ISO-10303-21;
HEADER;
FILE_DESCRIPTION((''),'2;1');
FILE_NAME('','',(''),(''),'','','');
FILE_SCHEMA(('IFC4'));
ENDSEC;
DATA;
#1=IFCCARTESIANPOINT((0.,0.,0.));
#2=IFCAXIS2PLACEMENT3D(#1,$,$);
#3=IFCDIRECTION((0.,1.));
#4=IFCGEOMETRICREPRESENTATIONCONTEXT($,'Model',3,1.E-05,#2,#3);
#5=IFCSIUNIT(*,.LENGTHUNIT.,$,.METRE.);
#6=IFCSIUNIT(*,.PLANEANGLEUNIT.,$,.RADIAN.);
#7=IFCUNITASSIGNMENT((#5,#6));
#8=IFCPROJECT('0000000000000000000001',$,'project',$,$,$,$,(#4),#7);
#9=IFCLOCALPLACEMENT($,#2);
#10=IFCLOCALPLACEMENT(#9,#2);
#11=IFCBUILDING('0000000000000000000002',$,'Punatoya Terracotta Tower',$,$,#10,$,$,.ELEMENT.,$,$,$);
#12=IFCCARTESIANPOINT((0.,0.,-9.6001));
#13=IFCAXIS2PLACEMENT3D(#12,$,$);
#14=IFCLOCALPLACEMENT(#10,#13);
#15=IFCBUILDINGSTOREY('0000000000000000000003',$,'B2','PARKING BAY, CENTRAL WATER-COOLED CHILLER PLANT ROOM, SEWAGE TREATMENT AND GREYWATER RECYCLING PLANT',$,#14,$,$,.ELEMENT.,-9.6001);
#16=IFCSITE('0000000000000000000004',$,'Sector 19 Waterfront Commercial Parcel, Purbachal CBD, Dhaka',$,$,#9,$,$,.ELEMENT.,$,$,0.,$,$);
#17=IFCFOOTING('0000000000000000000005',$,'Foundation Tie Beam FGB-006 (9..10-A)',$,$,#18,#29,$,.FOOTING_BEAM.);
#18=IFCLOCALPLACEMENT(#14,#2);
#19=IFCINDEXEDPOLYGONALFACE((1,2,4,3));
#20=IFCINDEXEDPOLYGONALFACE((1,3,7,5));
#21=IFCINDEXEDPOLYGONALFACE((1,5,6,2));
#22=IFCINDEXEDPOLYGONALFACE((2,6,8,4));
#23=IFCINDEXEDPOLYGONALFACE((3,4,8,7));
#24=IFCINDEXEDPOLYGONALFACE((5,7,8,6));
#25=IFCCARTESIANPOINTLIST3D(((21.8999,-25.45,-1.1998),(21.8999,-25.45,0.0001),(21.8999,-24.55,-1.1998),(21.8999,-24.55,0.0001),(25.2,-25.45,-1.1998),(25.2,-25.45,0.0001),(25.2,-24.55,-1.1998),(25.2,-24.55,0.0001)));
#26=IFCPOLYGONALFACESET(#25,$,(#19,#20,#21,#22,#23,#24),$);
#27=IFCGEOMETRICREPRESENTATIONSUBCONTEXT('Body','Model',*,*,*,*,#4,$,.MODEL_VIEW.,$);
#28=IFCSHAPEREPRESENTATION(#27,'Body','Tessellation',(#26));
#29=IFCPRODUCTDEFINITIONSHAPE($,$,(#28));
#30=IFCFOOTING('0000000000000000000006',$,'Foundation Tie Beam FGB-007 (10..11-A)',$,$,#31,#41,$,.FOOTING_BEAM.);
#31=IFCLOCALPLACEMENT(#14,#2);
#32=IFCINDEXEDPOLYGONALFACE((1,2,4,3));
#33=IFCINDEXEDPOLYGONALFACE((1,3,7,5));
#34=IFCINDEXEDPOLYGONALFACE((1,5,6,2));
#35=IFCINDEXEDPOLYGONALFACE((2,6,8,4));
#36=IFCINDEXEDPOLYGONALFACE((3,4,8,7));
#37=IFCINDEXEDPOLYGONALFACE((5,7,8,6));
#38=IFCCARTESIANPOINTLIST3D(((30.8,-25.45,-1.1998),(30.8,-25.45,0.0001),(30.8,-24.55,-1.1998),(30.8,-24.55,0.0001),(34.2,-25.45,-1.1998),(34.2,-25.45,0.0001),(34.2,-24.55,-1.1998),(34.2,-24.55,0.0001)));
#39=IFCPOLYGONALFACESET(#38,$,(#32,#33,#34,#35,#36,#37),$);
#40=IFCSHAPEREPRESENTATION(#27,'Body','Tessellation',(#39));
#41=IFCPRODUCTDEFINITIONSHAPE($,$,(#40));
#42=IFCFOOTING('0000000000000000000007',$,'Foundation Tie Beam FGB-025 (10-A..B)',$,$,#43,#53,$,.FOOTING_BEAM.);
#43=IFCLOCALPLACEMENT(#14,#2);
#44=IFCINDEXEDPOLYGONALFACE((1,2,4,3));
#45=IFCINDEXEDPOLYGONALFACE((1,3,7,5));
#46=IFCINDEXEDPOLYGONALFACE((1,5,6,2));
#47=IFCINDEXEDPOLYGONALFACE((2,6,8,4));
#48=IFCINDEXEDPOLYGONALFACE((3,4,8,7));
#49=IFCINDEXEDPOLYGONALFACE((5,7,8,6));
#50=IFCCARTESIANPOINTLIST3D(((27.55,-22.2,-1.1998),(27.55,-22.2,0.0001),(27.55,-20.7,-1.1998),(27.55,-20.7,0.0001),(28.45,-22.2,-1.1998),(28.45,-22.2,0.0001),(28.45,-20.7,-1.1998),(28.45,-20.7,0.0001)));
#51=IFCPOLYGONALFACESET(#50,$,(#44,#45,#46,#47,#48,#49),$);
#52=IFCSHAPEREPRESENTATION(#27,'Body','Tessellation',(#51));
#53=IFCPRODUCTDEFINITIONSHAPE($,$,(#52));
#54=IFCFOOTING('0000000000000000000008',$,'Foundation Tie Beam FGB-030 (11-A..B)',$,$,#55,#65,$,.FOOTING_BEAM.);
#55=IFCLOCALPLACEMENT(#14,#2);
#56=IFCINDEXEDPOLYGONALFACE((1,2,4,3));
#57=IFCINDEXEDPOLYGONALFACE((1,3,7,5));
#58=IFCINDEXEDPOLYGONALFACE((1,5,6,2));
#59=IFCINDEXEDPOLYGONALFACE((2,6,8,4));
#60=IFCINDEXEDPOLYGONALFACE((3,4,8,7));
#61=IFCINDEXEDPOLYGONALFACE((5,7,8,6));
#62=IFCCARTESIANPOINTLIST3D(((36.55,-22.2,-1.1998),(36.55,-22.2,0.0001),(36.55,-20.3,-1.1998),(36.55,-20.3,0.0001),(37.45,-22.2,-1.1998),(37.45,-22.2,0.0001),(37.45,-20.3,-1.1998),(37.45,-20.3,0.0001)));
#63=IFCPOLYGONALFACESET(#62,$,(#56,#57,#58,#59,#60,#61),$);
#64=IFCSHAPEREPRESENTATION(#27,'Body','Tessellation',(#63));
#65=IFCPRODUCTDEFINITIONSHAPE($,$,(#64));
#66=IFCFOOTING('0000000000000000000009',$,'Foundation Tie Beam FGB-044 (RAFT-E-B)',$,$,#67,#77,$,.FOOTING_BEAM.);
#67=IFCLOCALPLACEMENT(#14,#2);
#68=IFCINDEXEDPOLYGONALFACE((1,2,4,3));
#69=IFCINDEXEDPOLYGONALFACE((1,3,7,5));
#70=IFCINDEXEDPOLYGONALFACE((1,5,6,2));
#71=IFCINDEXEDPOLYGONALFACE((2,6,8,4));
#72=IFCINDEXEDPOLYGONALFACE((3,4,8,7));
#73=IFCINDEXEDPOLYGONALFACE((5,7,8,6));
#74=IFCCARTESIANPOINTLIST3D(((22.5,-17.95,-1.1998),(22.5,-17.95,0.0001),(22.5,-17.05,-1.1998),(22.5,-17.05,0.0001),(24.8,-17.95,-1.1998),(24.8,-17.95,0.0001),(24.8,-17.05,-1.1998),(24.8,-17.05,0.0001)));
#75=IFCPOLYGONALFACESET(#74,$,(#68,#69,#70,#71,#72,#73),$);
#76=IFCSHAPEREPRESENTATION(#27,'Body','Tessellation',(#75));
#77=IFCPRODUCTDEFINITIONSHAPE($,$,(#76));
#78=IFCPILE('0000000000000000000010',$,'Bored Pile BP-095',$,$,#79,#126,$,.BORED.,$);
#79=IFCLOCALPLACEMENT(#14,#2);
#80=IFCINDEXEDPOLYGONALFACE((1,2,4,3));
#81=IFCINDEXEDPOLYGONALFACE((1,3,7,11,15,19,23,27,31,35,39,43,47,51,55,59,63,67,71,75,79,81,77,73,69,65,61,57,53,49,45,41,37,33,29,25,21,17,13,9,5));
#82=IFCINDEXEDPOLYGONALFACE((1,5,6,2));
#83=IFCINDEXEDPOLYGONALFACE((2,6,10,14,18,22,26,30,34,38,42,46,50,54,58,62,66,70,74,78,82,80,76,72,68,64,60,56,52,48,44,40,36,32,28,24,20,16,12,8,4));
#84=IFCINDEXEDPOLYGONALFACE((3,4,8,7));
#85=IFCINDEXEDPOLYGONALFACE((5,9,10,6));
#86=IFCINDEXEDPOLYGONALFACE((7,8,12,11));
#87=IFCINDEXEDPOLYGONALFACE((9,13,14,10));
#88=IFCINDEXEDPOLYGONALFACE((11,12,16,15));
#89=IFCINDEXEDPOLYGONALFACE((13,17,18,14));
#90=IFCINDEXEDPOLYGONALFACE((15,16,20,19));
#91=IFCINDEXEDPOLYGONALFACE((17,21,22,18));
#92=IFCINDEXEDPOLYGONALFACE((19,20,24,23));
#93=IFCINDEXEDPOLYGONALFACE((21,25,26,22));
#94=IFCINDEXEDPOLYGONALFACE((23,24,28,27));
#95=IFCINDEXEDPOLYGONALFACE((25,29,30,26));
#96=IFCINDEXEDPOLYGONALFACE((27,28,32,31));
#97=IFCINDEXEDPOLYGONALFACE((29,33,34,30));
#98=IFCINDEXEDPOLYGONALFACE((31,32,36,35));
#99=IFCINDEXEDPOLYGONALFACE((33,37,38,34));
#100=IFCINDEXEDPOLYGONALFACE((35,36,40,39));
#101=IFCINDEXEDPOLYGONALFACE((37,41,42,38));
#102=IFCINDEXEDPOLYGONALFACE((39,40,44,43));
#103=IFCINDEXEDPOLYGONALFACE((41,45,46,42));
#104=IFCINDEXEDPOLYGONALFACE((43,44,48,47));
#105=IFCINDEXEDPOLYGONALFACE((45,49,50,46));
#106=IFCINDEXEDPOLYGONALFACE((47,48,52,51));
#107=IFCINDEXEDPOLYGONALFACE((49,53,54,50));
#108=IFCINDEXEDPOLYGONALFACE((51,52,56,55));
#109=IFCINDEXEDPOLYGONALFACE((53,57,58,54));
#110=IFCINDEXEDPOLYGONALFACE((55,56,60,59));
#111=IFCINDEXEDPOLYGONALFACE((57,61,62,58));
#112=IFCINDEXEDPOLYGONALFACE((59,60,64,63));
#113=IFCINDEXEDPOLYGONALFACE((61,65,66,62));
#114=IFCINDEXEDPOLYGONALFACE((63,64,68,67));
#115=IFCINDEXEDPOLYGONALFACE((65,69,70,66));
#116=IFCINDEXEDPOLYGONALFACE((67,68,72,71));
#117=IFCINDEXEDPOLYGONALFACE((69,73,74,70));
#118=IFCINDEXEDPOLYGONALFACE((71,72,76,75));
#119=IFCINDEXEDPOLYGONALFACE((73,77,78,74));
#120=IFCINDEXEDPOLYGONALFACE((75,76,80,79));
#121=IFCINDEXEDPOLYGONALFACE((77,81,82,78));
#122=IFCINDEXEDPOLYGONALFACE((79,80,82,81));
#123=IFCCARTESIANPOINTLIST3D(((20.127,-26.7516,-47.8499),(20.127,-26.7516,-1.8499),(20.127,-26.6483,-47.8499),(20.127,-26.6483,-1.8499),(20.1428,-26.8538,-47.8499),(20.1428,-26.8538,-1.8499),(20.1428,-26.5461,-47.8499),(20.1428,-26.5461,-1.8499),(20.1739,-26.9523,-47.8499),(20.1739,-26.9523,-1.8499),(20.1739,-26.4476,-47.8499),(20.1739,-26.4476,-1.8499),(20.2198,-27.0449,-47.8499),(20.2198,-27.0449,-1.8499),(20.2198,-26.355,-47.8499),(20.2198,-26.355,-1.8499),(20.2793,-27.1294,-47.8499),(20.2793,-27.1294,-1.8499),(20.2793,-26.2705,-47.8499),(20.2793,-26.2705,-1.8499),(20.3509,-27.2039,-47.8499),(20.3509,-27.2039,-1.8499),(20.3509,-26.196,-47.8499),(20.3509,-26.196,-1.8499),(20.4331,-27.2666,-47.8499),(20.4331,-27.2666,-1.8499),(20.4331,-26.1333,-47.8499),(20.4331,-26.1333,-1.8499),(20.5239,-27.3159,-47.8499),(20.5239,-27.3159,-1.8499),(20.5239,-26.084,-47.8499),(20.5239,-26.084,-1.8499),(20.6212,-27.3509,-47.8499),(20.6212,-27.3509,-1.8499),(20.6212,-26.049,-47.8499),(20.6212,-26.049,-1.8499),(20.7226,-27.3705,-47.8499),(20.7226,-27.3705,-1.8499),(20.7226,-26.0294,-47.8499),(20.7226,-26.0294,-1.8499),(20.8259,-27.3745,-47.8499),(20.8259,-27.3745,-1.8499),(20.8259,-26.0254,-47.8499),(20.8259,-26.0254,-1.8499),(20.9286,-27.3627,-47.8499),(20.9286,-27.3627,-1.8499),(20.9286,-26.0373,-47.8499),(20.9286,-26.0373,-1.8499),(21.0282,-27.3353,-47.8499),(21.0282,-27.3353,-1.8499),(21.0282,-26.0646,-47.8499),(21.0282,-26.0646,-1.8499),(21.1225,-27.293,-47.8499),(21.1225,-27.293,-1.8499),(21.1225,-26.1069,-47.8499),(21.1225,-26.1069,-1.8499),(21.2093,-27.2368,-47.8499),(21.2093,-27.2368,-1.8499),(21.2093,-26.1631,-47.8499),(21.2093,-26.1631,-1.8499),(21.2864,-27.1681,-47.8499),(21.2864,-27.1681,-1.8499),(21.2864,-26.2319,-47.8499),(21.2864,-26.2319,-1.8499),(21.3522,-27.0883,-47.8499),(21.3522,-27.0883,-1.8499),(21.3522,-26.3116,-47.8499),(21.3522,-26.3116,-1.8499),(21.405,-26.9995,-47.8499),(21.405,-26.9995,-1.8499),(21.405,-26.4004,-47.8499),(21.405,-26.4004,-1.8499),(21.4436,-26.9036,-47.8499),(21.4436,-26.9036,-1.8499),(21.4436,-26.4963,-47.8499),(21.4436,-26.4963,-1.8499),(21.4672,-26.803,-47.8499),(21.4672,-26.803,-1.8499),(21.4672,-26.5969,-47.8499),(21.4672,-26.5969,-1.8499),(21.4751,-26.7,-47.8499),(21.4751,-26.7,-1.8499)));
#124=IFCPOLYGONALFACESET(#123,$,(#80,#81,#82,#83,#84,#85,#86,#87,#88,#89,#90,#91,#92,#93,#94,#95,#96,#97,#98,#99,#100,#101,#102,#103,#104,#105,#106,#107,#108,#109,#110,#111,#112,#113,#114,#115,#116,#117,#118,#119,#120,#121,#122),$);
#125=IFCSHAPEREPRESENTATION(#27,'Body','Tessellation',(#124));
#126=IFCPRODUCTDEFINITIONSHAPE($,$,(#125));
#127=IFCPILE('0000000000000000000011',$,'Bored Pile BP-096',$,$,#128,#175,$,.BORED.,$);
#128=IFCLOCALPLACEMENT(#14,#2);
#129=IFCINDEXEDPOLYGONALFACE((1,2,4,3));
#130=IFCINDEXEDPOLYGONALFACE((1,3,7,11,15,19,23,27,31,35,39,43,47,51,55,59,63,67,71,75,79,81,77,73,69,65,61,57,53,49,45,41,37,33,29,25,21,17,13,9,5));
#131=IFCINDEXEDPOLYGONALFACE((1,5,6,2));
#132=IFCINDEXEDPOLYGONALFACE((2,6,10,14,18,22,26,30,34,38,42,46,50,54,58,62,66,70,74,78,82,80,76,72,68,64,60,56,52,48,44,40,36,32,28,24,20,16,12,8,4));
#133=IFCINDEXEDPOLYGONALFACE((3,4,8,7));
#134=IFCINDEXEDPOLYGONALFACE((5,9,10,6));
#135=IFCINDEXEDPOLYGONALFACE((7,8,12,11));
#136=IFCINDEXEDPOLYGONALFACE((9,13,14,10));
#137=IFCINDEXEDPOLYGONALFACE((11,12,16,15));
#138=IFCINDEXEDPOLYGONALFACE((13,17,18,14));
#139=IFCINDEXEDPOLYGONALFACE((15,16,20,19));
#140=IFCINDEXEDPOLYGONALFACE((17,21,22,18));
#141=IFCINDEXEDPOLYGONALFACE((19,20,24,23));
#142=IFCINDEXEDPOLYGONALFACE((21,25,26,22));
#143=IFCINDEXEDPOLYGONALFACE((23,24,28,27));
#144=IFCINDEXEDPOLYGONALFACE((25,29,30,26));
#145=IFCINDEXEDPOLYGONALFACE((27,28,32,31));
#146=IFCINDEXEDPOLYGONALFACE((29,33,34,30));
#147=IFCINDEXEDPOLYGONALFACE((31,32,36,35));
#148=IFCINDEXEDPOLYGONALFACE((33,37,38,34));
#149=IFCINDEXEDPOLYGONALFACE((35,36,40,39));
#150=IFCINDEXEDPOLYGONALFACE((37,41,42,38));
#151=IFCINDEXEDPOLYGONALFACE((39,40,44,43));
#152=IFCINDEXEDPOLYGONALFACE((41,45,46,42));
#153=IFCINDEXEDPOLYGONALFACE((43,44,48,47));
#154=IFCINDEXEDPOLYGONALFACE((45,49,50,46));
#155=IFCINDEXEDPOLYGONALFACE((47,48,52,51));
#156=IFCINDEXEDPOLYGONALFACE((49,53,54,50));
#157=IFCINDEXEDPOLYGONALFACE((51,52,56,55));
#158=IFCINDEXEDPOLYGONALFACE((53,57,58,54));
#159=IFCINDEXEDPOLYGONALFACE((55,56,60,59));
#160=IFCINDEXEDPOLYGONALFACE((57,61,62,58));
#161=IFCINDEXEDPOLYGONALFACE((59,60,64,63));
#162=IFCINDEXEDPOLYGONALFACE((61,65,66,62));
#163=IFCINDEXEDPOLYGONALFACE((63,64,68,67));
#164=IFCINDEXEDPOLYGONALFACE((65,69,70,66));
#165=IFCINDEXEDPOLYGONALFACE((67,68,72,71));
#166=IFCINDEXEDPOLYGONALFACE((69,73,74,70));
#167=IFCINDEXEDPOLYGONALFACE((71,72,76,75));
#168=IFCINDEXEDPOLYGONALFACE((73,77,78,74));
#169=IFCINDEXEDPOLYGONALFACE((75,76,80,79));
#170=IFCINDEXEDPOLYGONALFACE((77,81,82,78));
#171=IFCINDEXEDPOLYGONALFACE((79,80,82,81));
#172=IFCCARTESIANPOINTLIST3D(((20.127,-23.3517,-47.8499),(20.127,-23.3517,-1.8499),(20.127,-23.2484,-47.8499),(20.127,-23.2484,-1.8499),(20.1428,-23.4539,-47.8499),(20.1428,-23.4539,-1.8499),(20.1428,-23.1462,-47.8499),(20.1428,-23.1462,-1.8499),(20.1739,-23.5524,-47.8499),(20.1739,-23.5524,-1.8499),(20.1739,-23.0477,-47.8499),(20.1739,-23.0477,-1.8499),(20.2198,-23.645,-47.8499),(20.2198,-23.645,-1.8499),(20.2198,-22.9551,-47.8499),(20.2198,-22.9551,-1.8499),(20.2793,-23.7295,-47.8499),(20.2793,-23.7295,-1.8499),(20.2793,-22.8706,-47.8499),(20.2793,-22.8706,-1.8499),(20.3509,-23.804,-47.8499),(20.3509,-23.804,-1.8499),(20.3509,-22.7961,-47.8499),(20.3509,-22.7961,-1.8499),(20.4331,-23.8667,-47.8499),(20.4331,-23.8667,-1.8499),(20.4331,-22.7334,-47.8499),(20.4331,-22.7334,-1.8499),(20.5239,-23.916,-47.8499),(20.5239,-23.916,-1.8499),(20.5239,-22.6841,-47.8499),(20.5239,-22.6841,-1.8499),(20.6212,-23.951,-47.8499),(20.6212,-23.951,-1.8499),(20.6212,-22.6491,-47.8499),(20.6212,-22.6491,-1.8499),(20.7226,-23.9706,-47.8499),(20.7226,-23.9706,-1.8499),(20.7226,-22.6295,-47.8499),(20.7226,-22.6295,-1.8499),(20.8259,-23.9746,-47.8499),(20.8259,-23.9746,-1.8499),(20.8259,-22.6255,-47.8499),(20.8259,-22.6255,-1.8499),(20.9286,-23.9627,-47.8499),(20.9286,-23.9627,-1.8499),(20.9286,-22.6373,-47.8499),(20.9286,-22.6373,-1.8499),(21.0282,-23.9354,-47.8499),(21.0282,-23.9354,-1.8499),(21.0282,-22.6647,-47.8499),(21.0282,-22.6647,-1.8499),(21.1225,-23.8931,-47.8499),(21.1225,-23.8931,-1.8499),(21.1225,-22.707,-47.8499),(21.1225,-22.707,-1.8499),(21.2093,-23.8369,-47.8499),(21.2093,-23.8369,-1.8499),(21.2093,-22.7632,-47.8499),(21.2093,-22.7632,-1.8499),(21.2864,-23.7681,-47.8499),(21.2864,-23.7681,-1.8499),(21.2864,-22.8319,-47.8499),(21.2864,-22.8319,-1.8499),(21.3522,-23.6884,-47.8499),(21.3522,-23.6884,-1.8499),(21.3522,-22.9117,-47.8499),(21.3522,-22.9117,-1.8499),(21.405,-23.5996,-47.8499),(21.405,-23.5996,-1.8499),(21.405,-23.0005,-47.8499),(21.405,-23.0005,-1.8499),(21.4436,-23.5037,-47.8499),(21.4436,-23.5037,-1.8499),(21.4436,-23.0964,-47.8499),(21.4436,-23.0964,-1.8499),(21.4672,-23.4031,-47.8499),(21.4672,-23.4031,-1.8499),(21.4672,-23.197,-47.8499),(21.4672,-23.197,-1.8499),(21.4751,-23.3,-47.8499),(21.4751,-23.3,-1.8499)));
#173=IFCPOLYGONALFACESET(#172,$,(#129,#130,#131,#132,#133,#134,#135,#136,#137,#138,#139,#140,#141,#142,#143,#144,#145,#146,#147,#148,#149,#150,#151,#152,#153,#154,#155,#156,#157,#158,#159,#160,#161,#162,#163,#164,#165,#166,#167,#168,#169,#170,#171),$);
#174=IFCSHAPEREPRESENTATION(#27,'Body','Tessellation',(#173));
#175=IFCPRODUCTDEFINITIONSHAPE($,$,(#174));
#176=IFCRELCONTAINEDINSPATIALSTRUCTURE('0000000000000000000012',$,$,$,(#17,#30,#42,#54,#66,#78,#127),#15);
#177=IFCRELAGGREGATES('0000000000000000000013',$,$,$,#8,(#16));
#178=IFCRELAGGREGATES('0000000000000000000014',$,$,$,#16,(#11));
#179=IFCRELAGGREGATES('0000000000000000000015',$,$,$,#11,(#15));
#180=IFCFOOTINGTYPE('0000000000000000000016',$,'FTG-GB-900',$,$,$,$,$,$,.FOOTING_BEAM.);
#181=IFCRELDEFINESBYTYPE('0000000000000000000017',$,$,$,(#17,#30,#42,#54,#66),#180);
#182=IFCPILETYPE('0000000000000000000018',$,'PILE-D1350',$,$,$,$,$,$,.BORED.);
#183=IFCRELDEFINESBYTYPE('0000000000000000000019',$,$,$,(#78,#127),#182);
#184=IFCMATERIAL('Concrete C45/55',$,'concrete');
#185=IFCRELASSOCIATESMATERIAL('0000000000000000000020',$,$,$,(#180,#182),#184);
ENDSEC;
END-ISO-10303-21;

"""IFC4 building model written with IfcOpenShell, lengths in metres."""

from ifc_helpers import new_model, si_unit, direction, frame, origin, origin_2d, place, context, subcontext, project, spatial, rectangle, circle, extrude, material, material_profile, profile_set, type_object, element, save


model = new_model("IFC4")

# Units and contexts
model_context = context("Model", 3, precision=1e-05, world=origin(), true_north=direction((0.0, 1.0)))
body_context = subcontext(model_context, "Body", "Model", "MODEL_VIEW")
ifc_project = project(units=[si_unit("LENGTHUNIT", "METRE"), si_unit("PLANEANGLEUNIT", "RADIAN")], contexts=[model_context])

# Site, building, storey
site_placement = place(None, origin())
site = spatial("IfcSite", under=ifc_project, at=site_placement, Name="Sector 19 Waterfront Commercial Parcel, Purbachal CBD, Dhaka", CompositionType="ELEMENT", RefElevation=0.0)
building_placement = place(site_placement, origin())
building = spatial("IfcBuilding", under=site, at=building_placement, Name="Punatoya Terracotta Tower", CompositionType="ELEMENT")
storey_placement = place(building_placement, frame((0.0, 0.0, -9.6001)))
storey = spatial("IfcBuildingStorey", under=building, at=storey_placement, Name="B2", Description="PARKING BAY, CENTRAL WATER-COOLED CHILLER PLANT ROOM, SEWAGE TREATMENT AND GREYWATER RECYCLING PLANT", CompositionType="ELEMENT", Elevation=-9.6001)

# Footings
ifc_material_1 = material(Name="Concrete C45/55", Category="concrete")
ifc_material_profile_1 = material_profile(ifc_material_1, rectangle(XDim=0.8999, YDim=1.2, at=origin_2d()))
ifc_profile_set_1 = profile_set([ifc_material_profile_1], Name="Concrete C45/55")
footing_type = type_object("IfcFootingType", Name="FTG-GB-900", PredefinedType="FOOTING_BEAM", material=ifc_profile_set_1)
footing_1_placement = place(storey_placement, frame((21.8999, -25.0, -0.5999), z_axis=(1.0, 0.0, 0.0), x_axis=(0.0, 1.0, 0.0)))
element("IfcFooting", 1, at=footing_1_placement, inside=storey, type_object=footing_type, Name="Foundation Tie Beam FGB-006 (9..10-A)", PredefinedType="FOOTING_BEAM", context=body_context, shape_type="SweptSolid", body=[
    extrude(rectangle(XDim=0.8999, YDim=1.2, at=origin_2d()), origin(), (0.0, 0.0, 1.0), 3.3),
])
footing_2_placement = place(storey_placement, frame((30.8, -25.0, -0.5999), z_axis=(1.0, 0.0, 0.0), x_axis=(0.0, 1.0, 0.0)))
element("IfcFooting", 2, at=footing_2_placement, inside=storey, type_object=footing_type, Name="Foundation Tie Beam FGB-007 (10..11-A)", PredefinedType="FOOTING_BEAM", context=body_context, shape_type="SweptSolid", body=[
    extrude(rectangle(XDim=0.8999, YDim=1.2, at=origin_2d()), origin(), (0.0, 0.0, 1.0), 3.3999),
])
footing_3_placement = place(storey_placement, frame((28.0, -22.2, -0.5999), z_axis=(0.0, 1.0, 0.0), x_axis=(-1.0, 0.0, 0.0)))
element("IfcFooting", 3, at=footing_3_placement, inside=storey, type_object=footing_type, Name="Foundation Tie Beam FGB-025 (10-A..B)", PredefinedType="FOOTING_BEAM", context=body_context, shape_type="SweptSolid", body=[
    extrude(rectangle(XDim=0.8999, YDim=1.2, at=origin_2d()), origin(), (0.0, 0.0, 1.0), 1.5),
])
footing_4_placement = place(storey_placement, frame((37.0, -22.2, -0.5999), z_axis=(0.0, 1.0, 0.0), x_axis=(-1.0, 0.0, 0.0)))
element("IfcFooting", 4, at=footing_4_placement, inside=storey, type_object=footing_type, Name="Foundation Tie Beam FGB-030 (11-A..B)", PredefinedType="FOOTING_BEAM", context=body_context, shape_type="SweptSolid", body=[
    extrude(rectangle(XDim=0.8999, YDim=1.2, at=origin_2d()), origin(), (0.0, 0.0, 1.0), 1.8999),
])
footing_5_placement = place(storey_placement, frame((22.5, -17.5, -0.5999), z_axis=(1.0, 0.0, 0.0), x_axis=(0.0, 1.0, 0.0)))
element("IfcFooting", 5, at=footing_5_placement, inside=storey, type_object=footing_type, Name="Foundation Tie Beam FGB-044 (RAFT-E-B)", PredefinedType="FOOTING_BEAM", context=body_context, shape_type="SweptSolid", body=[
    extrude(rectangle(XDim=0.8999, YDim=1.2, at=origin_2d()), origin(), (0.0, 0.0, 1.0), 2.3),
])

# Piles
ifc_material_profile_2 = material_profile(ifc_material_1, circle(Radius=0.675, at=origin_2d()))
ifc_profile_set_2 = profile_set([ifc_material_profile_2], Name="Concrete C45/55")
pile_type_1 = type_object("IfcPileType", Name="PILE-D1350", PredefinedType="BORED", material=ifc_profile_set_2)
for number, where, z_axis, x_axis, name in (
    (6, (20.8, -26.7, -1.8499), (0.0, 0.0, -1.0), (1.0, 0.0, 0.0), "Bored Pile BP-095"),
    (7, (20.8, -23.3, -1.8499), (0.0, 0.0, -1.0), (1.0, 0.0, 0.0), "Bored Pile BP-096"),
):
    element("IfcPile", number, at=place(storey_placement, frame(where, z_axis=z_axis, x_axis=x_axis)), inside=storey, type_object=pile_type_1, Name=name, PredefinedType="BORED", context=body_context, shape_type="SweptSolid", body=[
        extrude(circle(Radius=0.675, at=origin_2d()), origin(), (0.0, 0.0, 1.0), 46.0),
    ])

save(model, "model.ifc")
